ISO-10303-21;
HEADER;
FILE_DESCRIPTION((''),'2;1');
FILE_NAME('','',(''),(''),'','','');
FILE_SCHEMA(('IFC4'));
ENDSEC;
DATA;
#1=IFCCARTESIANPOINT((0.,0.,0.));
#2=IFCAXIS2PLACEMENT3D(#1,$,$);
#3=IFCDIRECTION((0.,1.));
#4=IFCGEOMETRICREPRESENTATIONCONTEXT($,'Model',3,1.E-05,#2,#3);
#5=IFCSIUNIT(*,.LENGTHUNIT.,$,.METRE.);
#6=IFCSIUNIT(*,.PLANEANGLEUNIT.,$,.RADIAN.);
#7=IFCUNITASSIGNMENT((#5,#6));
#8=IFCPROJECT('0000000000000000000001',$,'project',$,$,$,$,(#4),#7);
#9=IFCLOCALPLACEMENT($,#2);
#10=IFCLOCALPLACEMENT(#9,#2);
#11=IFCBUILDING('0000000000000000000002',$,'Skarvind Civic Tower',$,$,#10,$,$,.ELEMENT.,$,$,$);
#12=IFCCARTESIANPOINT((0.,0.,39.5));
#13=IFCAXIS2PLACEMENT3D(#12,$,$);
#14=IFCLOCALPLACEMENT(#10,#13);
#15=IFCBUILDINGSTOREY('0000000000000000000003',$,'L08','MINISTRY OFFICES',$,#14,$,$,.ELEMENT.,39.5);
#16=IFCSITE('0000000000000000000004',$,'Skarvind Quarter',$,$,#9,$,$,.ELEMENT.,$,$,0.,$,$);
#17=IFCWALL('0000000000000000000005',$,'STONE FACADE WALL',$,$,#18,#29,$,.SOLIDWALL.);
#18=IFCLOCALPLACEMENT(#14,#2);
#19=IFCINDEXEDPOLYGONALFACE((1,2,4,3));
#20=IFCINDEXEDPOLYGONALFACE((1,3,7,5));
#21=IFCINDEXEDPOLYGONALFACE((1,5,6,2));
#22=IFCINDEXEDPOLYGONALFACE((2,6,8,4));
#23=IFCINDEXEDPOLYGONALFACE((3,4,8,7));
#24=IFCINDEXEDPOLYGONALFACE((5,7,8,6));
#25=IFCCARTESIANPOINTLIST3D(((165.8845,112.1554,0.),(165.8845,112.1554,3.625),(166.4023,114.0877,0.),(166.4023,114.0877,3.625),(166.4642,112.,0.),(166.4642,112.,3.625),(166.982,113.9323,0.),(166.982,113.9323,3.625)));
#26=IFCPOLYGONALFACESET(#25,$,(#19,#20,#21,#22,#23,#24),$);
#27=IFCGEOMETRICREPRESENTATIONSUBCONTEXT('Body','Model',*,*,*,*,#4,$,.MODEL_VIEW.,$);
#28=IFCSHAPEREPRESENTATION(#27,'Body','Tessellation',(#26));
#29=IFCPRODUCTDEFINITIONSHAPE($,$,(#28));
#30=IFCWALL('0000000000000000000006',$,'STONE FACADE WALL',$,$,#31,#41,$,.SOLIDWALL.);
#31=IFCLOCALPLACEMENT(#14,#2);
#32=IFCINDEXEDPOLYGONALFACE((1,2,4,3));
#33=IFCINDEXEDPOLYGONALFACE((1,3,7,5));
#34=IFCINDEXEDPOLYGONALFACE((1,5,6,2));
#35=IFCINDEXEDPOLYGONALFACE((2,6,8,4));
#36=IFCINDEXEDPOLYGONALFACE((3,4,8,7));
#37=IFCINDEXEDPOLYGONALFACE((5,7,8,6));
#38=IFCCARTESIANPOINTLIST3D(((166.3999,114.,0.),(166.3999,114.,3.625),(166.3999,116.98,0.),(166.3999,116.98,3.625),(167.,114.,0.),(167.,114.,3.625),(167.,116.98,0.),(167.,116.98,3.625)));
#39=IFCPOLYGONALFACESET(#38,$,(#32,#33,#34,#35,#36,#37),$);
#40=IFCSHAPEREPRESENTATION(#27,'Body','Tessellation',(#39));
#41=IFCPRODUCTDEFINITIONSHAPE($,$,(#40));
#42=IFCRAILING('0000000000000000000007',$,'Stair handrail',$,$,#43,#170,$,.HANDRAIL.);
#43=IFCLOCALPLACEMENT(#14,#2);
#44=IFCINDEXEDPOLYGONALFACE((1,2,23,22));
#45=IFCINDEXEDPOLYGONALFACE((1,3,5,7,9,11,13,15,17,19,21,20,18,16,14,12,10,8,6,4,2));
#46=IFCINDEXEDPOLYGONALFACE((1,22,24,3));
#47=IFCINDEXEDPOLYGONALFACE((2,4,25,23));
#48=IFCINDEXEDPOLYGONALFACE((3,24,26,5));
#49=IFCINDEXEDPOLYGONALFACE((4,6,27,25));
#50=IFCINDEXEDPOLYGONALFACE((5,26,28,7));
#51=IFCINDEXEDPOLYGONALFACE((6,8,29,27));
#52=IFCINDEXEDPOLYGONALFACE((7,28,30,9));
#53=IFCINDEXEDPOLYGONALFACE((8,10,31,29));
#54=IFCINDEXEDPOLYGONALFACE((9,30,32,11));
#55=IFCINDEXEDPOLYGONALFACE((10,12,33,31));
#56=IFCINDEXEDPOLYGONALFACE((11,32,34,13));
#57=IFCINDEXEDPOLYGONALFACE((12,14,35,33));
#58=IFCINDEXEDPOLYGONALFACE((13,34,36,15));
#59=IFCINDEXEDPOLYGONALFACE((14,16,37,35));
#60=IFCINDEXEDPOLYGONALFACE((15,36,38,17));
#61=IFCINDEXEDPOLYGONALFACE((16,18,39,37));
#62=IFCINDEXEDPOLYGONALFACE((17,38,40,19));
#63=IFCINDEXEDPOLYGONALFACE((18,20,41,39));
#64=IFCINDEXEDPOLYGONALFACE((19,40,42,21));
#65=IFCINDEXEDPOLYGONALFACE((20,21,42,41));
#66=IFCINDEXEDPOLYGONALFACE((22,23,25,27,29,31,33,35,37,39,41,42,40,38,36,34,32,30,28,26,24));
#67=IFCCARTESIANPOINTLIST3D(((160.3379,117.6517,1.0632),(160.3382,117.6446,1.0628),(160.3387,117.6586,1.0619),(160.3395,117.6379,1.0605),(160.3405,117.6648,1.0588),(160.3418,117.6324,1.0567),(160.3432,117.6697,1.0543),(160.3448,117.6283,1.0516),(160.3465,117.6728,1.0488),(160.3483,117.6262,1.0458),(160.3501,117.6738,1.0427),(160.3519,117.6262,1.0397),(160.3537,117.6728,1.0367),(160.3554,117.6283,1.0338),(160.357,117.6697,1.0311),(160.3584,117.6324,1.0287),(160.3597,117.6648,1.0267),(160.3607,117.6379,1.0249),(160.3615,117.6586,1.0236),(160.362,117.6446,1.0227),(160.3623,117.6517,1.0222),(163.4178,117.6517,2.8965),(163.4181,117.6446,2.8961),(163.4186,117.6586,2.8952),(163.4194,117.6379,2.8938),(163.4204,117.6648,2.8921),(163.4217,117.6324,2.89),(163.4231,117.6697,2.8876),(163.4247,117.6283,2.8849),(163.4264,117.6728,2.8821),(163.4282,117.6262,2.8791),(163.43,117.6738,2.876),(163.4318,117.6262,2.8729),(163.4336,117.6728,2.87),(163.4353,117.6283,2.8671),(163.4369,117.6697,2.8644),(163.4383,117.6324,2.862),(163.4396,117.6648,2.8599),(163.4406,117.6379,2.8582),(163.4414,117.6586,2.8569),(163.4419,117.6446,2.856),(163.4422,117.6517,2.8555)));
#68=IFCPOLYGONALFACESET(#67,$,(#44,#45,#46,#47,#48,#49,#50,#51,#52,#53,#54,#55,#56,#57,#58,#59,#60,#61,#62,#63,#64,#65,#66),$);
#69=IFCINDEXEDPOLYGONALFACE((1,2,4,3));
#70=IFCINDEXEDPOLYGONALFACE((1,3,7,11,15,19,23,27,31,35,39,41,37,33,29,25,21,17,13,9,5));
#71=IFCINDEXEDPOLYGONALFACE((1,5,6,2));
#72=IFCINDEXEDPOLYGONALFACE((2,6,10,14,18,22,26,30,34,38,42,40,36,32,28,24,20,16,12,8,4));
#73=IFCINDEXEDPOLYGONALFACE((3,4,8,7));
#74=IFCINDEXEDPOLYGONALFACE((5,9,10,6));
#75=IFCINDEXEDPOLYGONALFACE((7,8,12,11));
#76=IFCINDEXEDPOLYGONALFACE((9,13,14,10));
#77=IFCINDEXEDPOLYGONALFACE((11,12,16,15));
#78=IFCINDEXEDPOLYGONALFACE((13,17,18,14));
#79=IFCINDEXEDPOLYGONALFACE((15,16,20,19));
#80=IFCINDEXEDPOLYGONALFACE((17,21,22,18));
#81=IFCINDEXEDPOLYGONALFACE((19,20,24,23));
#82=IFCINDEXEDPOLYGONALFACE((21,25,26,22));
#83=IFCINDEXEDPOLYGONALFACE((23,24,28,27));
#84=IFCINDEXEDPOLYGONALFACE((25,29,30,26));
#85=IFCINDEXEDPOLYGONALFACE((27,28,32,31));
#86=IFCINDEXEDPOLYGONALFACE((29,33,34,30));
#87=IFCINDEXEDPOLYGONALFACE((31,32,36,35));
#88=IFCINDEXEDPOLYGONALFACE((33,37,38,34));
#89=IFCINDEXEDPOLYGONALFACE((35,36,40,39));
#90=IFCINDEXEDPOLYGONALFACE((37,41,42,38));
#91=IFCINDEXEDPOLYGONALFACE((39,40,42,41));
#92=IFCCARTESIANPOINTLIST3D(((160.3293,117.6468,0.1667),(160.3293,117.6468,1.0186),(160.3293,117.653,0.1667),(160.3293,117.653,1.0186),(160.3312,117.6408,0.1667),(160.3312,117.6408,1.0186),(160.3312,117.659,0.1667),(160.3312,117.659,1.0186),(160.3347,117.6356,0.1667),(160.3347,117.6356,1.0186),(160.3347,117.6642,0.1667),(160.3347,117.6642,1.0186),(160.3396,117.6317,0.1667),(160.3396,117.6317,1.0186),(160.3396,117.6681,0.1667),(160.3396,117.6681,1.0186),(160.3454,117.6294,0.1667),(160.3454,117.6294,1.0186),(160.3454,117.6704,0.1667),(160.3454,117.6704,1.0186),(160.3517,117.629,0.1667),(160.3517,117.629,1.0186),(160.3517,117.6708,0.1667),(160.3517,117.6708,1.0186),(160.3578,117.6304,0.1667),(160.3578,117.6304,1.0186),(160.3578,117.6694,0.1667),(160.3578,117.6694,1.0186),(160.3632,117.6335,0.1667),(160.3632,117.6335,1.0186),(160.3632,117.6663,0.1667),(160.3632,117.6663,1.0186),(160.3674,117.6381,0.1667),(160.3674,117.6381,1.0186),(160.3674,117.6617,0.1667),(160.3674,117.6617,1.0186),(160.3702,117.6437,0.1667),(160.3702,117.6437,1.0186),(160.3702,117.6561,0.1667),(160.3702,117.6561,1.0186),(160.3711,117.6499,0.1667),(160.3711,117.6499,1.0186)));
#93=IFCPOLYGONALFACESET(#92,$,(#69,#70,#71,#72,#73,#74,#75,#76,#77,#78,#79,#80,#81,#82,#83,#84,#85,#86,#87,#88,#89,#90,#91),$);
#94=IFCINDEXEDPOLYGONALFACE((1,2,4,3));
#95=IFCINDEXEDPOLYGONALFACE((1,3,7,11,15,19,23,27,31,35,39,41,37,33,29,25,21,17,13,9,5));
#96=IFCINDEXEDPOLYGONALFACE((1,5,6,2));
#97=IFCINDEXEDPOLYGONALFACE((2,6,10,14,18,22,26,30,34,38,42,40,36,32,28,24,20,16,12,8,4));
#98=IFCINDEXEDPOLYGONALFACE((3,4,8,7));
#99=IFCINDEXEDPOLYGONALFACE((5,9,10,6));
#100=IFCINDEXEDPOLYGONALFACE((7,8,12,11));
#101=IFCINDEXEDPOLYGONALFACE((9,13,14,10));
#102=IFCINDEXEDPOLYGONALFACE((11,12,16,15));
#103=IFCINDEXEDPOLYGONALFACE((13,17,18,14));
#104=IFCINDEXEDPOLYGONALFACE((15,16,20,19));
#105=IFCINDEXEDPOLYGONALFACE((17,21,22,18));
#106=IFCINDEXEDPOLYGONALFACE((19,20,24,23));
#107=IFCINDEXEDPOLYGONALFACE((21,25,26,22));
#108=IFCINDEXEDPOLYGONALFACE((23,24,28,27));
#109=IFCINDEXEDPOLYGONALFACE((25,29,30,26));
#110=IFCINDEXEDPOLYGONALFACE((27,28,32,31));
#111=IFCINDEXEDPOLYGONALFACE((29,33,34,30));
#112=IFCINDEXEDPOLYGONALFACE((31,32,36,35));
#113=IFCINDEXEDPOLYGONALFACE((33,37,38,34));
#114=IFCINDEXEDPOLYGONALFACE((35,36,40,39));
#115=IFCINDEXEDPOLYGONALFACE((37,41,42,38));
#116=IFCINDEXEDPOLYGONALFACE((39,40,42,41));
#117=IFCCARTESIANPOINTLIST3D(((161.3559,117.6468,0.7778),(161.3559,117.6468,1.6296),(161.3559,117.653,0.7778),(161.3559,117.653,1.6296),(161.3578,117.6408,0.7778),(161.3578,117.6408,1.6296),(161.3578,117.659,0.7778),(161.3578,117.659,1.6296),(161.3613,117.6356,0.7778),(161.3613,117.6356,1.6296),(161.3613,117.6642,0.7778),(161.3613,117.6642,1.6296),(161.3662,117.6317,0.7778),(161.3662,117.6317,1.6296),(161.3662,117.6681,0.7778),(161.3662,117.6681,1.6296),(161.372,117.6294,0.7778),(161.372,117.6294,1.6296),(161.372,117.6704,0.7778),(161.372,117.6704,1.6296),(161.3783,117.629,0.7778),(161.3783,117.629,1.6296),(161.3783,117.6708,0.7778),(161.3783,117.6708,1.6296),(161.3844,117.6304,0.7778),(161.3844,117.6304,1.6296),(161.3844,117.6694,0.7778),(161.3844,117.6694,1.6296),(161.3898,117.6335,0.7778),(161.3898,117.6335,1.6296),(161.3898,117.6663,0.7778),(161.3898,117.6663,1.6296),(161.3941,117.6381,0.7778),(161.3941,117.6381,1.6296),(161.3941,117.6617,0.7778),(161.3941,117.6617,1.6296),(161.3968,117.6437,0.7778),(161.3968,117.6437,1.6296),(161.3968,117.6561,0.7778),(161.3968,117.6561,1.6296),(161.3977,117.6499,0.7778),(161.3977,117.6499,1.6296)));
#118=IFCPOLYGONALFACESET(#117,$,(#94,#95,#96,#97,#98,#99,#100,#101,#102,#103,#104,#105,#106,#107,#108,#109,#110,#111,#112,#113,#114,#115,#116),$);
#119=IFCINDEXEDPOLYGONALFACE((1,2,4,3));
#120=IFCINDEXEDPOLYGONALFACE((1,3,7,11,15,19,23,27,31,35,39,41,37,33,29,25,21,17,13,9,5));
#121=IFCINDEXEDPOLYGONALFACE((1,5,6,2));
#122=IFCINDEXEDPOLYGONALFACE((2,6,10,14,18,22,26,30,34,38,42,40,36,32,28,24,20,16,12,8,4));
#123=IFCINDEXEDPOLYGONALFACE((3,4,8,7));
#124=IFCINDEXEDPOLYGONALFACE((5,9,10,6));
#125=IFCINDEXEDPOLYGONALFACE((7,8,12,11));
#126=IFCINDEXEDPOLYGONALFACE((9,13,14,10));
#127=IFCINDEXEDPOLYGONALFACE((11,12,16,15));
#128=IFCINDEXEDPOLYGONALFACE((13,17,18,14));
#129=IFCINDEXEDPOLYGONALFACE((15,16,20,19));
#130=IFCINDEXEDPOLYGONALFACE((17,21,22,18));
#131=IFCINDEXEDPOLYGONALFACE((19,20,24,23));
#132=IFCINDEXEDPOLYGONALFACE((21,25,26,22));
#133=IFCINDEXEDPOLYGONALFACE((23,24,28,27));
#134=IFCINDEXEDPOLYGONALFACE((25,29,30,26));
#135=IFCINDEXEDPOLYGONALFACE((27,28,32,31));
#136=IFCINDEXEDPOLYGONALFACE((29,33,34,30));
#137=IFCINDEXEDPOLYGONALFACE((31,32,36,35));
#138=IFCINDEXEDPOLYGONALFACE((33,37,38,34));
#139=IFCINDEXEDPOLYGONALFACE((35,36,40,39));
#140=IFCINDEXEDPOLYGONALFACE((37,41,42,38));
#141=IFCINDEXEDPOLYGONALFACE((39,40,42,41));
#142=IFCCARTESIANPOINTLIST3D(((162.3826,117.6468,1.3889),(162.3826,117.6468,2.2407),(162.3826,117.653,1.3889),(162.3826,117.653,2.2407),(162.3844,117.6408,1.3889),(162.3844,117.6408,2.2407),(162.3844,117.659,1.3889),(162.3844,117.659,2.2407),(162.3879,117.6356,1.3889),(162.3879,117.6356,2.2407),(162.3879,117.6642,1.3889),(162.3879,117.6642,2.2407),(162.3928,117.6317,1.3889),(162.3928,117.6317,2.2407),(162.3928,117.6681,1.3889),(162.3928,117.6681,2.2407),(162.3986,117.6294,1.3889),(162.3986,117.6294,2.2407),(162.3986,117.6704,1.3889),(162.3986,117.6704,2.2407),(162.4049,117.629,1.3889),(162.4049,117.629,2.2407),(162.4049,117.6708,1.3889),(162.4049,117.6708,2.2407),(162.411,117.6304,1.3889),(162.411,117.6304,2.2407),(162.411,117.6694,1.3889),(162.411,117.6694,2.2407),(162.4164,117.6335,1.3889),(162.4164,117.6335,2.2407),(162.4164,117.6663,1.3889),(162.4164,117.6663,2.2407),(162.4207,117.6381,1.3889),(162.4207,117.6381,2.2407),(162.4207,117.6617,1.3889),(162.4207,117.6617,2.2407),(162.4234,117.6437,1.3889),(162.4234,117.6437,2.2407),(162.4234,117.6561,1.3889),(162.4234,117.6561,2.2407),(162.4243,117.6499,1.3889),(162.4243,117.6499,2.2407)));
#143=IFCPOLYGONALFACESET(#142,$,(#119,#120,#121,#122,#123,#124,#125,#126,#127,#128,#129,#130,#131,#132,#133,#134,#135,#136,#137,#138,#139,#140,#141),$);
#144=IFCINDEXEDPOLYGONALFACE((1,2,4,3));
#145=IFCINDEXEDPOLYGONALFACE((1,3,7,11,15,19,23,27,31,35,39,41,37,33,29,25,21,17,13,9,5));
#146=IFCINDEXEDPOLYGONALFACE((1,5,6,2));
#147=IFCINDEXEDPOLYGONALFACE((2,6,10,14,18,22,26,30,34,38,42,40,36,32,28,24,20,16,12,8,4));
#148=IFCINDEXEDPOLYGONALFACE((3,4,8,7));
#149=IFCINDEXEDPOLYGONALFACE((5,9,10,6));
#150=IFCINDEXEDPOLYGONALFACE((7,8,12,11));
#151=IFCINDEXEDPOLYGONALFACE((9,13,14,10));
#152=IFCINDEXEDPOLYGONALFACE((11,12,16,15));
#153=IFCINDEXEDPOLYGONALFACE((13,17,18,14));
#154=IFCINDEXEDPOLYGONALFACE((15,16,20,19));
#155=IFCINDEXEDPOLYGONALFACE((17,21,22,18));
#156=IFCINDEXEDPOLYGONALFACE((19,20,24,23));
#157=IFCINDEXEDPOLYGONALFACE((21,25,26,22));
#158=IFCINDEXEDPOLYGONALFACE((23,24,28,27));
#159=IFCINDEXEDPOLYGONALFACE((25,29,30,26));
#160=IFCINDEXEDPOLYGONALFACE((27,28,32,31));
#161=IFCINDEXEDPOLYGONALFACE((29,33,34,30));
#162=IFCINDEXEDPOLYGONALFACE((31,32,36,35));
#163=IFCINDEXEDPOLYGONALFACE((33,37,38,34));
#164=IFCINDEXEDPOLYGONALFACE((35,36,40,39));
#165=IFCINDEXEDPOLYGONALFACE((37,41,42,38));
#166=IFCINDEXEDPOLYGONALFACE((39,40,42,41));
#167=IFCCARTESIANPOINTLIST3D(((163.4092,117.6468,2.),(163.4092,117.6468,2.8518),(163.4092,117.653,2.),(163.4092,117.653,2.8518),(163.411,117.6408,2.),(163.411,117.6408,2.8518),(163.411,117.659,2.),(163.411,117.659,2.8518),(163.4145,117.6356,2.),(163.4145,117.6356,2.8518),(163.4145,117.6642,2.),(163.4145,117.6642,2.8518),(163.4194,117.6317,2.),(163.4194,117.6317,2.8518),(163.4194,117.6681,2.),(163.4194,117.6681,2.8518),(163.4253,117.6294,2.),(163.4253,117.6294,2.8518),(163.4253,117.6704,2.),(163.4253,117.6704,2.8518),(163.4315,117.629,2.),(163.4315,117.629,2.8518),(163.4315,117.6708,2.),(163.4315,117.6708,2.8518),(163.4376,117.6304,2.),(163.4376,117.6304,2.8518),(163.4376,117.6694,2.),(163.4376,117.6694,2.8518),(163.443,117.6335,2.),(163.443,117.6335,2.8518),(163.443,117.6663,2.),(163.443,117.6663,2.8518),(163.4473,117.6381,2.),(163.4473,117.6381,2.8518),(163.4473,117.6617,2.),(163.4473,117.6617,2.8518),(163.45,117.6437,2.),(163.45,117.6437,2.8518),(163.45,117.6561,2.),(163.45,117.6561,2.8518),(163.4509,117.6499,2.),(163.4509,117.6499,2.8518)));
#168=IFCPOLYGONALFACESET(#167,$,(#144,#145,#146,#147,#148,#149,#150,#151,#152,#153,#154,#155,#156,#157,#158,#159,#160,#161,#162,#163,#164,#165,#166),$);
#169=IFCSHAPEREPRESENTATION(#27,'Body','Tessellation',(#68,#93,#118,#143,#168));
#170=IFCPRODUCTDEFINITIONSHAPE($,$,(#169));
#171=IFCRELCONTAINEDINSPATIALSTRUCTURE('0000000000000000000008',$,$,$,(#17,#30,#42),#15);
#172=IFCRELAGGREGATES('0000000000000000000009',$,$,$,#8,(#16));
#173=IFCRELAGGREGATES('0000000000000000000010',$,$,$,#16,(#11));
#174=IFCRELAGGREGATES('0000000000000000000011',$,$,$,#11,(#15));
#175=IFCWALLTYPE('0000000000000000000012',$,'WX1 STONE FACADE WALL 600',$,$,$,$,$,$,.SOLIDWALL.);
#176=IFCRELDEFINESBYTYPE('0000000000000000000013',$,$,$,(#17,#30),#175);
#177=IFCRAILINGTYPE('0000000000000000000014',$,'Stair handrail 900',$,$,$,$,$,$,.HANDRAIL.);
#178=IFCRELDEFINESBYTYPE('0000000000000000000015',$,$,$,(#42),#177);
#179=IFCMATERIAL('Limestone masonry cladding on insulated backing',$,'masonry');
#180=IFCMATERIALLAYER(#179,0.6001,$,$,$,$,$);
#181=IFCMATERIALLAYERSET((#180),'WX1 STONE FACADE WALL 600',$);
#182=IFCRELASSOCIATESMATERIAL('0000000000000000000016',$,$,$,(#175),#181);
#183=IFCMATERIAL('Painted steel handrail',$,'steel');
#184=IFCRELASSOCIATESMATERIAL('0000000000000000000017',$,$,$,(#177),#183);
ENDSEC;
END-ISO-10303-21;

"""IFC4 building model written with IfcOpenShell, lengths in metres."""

from ifc_helpers import new_model, si_unit, direction, frame, frame_2d, origin, origin_2d, place, context, subcontext, project, spatial, rectangle, circle, extrude, material, layer, layer_set, type_object, element, save


model = new_model("IFC4")

# Units and contexts
model_context = context("Model", 3, precision=1e-05, world=origin(), true_north=direction((0.0, 1.0)))
body_context = subcontext(model_context, "Body", "Model", "MODEL_VIEW")
ifc_project = project(units=[si_unit("LENGTHUNIT", "METRE"), si_unit("PLANEANGLEUNIT", "RADIAN")], contexts=[model_context])

# Site, building, storey
site_placement = place(None, origin())
site = spatial("IfcSite", under=ifc_project, at=site_placement, Name="Skarvind Quarter", CompositionType="ELEMENT", RefElevation=0.0)
building_placement = place(site_placement, origin())
building = spatial("IfcBuilding", under=site, at=building_placement, Name="Skarvind Civic Tower", CompositionType="ELEMENT")
storey_placement = place(building_placement, frame((0.0, 0.0, 39.5)))
storey = spatial("IfcBuildingStorey", under=building, at=storey_placement, Name="L08", Description="MINISTRY OFFICES", CompositionType="ELEMENT", Elevation=39.5)

# Shared definitions
ifc_material_1 = material(Name="Limestone masonry cladding on insulated backing", Category="masonry")
ifc_layer_1 = layer(ifc_material_1, 0.6001)
ifc_layer_set_1 = layer_set([ifc_layer_1], Name="WX1 STONE FACADE WALL 600")
wall_type_1 = type_object("IfcWallType", Name="WX1 STONE FACADE WALL 600", PredefinedType="SOLIDWALL", material=ifc_layer_set_1)

# Walls
wall_1_placement = place(storey_placement, frame((166.6921, 114.01, 0.0), z_axis=(0.0, 0.0, 1.0), x_axis=(-0.25884, -0.96592, 0.0)))
element("IfcWall", 1, at=wall_1_placement, inside=storey, type_object=wall_type_1, Name="STONE FACADE WALL", PredefinedType="SOLIDWALL", context=body_context, shape_type="SweptSolid", body=[
    extrude(rectangle(XDim=2.0005, YDim=0.6001, at=frame_2d((1.0002, 0.0))), origin(), (0.0, 0.0, 1.0), 3.625),
])
wall_2_placement = place(storey_placement, frame((166.7, 116.98, 0.0), z_axis=(0.0, 0.0, 1.0), x_axis=(0.0, -1.0, 0.0)))
element("IfcWall", 2, at=wall_2_placement, inside=storey, type_object=wall_type_1, Name="STONE FACADE WALL", PredefinedType="SOLIDWALL", context=body_context, shape_type="SweptSolid", body=[
    extrude(rectangle(XDim=2.98, YDim=0.6001, at=frame_2d((1.49, 0.0))), origin(), (0.0, 0.0, 1.0), 3.625),
])

# Railing
ifc_material_2 = material(Name="Painted steel handrail", Category="steel")
railing_type = type_object("IfcRailingType", Name="Stair handrail 900", PredefinedType="HANDRAIL", material=ifc_material_2)
railing_placement = place(storey_placement, frame((160.3501, 117.6499, 0.1667)))
element("IfcRailing", 3, at=railing_placement, inside=storey, type_object=railing_type, Name="Stair handrail", PredefinedType="HANDRAIL", context=body_context, shape_type="SweptSolid", body=[
    extrude(circle(Radius=0.0239, at=origin_2d()), frame((0.0, 0.0, 0.876), z_axis=(0.859291, 0.0, 0.511487), x_axis=(0.0, 1.0, 0.0)), (0.0, 0.0, 1.0), 3.5842),
    extrude(circle(Radius=0.021, at=origin_2d()), origin(), (0.0, 0.0, 1.0), 0.8518),
    extrude(circle(Radius=0.021, at=origin_2d()), frame((1.0266, 0.0, 0.6111)), (0.0, 0.0, 1.0), 0.8518),
    extrude(circle(Radius=0.021, at=origin_2d()), frame((2.0532, 0.0, 1.2222)), (0.0, 0.0, 1.0), 0.8518),
    extrude(circle(Radius=0.021, at=origin_2d()), frame((3.0798, 0.0, 1.8333)), (0.0, 0.0, 1.0), 0.8518),
])

save(model, "model.ifc")
